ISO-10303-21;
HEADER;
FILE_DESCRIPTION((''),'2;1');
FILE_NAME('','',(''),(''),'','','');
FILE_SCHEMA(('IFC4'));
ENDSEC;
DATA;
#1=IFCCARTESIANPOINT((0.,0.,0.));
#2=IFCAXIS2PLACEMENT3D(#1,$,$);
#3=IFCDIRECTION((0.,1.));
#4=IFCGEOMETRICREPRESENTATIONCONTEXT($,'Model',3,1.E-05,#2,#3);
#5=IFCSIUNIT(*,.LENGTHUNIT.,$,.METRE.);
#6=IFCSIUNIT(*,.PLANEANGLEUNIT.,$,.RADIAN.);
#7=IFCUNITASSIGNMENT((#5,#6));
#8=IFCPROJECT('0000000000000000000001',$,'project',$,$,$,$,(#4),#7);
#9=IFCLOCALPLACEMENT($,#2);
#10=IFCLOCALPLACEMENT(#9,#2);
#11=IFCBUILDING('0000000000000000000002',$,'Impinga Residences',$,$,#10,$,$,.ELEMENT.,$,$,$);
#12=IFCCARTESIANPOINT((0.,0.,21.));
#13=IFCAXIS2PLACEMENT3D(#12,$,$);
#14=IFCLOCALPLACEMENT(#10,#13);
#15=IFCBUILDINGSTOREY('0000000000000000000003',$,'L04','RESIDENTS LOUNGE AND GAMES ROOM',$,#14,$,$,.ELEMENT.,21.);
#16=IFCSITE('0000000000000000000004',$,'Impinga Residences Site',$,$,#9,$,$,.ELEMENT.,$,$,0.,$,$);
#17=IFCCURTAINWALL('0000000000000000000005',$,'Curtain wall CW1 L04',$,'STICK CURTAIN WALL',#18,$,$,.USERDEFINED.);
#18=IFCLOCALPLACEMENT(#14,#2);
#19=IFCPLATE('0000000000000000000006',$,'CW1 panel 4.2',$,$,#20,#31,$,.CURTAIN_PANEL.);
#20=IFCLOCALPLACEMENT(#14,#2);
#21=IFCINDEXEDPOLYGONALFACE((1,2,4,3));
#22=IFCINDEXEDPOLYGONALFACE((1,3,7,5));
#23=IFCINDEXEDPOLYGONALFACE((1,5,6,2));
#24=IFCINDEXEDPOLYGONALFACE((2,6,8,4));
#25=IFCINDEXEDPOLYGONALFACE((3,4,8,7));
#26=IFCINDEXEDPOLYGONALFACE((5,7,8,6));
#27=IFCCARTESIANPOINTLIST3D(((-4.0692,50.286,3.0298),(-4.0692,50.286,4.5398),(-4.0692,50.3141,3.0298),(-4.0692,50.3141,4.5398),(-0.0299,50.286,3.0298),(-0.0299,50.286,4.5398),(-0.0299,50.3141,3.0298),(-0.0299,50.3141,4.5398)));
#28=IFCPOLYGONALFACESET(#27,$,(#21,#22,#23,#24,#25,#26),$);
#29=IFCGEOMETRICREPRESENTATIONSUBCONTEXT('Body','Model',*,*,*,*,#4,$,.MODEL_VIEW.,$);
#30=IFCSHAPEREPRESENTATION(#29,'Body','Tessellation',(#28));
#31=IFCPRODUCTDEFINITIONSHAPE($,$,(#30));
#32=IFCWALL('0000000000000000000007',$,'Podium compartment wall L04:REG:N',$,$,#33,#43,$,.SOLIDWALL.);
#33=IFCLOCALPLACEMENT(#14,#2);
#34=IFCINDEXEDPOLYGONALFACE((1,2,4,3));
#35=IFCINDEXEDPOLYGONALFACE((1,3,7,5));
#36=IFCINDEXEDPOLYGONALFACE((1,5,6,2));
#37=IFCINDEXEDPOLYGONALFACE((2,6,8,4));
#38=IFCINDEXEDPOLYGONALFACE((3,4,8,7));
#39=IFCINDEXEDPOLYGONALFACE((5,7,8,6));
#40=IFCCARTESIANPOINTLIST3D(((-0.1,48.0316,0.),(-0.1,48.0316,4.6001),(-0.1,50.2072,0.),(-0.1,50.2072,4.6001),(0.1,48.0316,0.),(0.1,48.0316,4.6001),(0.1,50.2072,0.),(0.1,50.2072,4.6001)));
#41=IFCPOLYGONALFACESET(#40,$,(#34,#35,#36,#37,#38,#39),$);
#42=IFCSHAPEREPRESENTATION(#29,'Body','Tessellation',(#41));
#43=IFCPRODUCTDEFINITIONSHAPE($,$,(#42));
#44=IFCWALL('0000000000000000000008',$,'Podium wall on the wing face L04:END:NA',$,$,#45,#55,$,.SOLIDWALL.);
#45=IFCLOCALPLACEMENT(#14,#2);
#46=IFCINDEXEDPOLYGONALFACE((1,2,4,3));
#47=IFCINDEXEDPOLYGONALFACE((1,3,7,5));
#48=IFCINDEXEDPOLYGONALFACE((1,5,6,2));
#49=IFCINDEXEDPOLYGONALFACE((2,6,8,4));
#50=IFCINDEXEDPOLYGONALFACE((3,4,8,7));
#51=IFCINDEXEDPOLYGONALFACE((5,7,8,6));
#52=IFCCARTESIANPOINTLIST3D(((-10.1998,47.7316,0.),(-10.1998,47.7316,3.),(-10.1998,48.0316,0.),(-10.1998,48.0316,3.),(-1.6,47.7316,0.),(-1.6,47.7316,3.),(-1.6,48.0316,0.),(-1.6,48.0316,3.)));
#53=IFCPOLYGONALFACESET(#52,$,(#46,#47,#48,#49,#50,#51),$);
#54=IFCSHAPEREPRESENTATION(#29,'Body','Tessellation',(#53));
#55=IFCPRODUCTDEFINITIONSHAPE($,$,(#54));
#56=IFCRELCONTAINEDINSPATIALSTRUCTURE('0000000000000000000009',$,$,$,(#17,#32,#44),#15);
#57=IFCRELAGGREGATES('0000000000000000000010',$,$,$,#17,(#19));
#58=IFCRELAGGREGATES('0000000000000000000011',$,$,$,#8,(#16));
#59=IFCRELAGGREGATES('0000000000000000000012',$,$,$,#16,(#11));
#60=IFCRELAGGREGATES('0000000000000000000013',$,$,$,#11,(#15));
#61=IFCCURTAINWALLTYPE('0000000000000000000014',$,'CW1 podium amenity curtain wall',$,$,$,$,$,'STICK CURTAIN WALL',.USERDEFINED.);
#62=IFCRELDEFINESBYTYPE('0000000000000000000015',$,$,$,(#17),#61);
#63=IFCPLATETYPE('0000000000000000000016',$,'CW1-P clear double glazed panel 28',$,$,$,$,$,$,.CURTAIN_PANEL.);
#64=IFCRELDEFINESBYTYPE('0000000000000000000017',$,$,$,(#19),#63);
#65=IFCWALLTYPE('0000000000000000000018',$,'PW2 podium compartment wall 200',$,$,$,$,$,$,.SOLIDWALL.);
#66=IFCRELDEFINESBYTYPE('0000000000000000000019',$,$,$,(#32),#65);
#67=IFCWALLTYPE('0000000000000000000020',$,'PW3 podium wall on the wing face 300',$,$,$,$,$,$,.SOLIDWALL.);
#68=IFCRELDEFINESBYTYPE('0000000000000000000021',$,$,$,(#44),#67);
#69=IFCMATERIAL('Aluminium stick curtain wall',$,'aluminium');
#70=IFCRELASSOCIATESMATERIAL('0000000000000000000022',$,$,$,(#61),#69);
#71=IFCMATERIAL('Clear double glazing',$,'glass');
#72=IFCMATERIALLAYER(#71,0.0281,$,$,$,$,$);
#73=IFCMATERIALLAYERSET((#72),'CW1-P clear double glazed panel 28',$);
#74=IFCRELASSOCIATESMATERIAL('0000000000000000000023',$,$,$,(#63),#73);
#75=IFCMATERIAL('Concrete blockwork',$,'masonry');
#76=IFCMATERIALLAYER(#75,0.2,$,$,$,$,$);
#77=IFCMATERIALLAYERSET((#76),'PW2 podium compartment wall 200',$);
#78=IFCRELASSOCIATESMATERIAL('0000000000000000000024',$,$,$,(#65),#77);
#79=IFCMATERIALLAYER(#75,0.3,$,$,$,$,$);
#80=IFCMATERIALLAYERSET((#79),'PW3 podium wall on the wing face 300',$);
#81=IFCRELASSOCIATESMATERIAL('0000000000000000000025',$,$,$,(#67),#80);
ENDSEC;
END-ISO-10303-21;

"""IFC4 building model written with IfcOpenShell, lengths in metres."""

from ifc_helpers import new_model, si_unit, direction, frame, frame_2d, origin, origin_2d, place, context, subcontext, project, spatial, rectangle, extrude, material, layer, layer_set, type_object, element, aggregate, save


model = new_model("IFC4")

# Units and contexts
model_context = context("Model", 3, precision=1e-05, world=origin(), true_north=direction((0.0, 1.0)))
body_context = subcontext(model_context, "Body", "Model", "MODEL_VIEW")
ifc_project = project(units=[si_unit("LENGTHUNIT", "METRE"), si_unit("PLANEANGLEUNIT", "RADIAN")], contexts=[model_context])

# Site, building, storey
site_placement = place(None, origin())
site = spatial("IfcSite", under=ifc_project, at=site_placement, Name="Impinga Residences Site", CompositionType="ELEMENT", RefElevation=0.0)
building_placement = place(site_placement, origin())
building = spatial("IfcBuilding", under=site, at=building_placement, Name="Impinga Residences", CompositionType="ELEMENT")
storey_placement = place(building_placement, frame((0.0, 0.0, 21.0)))
storey = spatial("IfcBuildingStorey", under=building, at=storey_placement, Name="L04", Description="RESIDENTS LOUNGE AND GAMES ROOM", CompositionType="ELEMENT", Elevation=21.0)

# Shared definitions
ifc_material_1 = material(Name="Aluminium stick curtain wall", Category="aluminium")
curtain_wall_type = type_object("IfcCurtainWallType", Name="CW1 podium amenity curtain wall", ElementType="STICK CURTAIN WALL", PredefinedType="USERDEFINED", material=ifc_material_1)

# Curtain wall
curtain_wall_1_placement = place(storey_placement, origin())
curtain_wall_1 = element("IfcCurtainWall", 1, at=curtain_wall_1_placement, inside=storey, type_object=curtain_wall_type, Name="Curtain wall CW1 L04", ObjectType="STICK CURTAIN WALL", PredefinedType="USERDEFINED")

# Plate
ifc_material_2 = material(Name="Clear double glazing", Category="glass")
ifc_layer_1 = layer(ifc_material_2, 0.0281)
ifc_layer_set_1 = layer_set([ifc_layer_1], Name="CW1-P clear double glazed panel 28")
plate_type = type_object("IfcPlateType", Name="CW1-P clear double glazed panel 28", PredefinedType="CURTAIN_PANEL", material=ifc_layer_set_1)
plate_1_placement = place(storey_placement, frame((-2.0496, 50.3, 3.0298), z_axis=(0.0, 0.0, 1.0), x_axis=(1.0, 0.0, 0.0)))
plate_1 = element("IfcPlate", 2, at=plate_1_placement, type_object=plate_type, Name="CW1 panel 4.2", PredefinedType="CURTAIN_PANEL", context=body_context, shape_type="SweptSolid", body=[
    extrude(rectangle(XDim=4.0393, YDim=0.0281, at=origin_2d()), origin(), (0.0, 0.0, 1.0), 1.51),
])
aggregate(curtain_wall_1, [plate_1])

# Walls
ifc_material_3 = material(Name="Concrete blockwork", Category="masonry")
ifc_layer_2 = layer(ifc_material_3, 0.2)
ifc_layer_set_2 = layer_set([ifc_layer_2], Name="PW2 podium compartment wall 200")
wall_type_1 = type_object("IfcWallType", Name="PW2 podium compartment wall 200", PredefinedType="SOLIDWALL", material=ifc_layer_set_2)
wall_1_placement = place(storey_placement, frame((0.0, 48.0315, 0.0), z_axis=(0.0, 0.0, 1.0), x_axis=(0.0, 1.0, 0.0)))
element("IfcWall", 3, at=wall_1_placement, inside=storey, type_object=wall_type_1, Name="Podium compartment wall L04:REG:N", PredefinedType="SOLIDWALL", context=body_context, shape_type="SweptSolid", body=[
    extrude(rectangle(XDim=2.1755, YDim=0.2, at=frame_2d((1.0879, 0.0))), origin(), (0.0, 0.0, 1.0), 4.6001),
])
ifc_layer_3 = layer(ifc_material_3, 0.3)
ifc_layer_set_3 = layer_set([ifc_layer_3], Name="PW3 podium wall on the wing face 300")
wall_type_2 = type_object("IfcWallType", Name="PW3 podium wall on the wing face 300", PredefinedType="SOLIDWALL", material=ifc_layer_set_3)
wall_2_placement = place(storey_placement, frame((-1.6001, 47.8816, 0.0), z_axis=(0.0, 0.0, 1.0), x_axis=(-1.0, 0.0, 0.0)))
element("IfcWall", 4, at=wall_2_placement, inside=storey, type_object=wall_type_2, Name="Podium wall on the wing face L04:END:NA", PredefinedType="SOLIDWALL", context=body_context, shape_type="SweptSolid", body=[
    extrude(rectangle(XDim=8.5999, YDim=0.3, at=frame_2d((4.2998, 0.0))), origin(), (0.0, 0.0, 1.0), 3.0),
])

save(model, "model.ifc")
